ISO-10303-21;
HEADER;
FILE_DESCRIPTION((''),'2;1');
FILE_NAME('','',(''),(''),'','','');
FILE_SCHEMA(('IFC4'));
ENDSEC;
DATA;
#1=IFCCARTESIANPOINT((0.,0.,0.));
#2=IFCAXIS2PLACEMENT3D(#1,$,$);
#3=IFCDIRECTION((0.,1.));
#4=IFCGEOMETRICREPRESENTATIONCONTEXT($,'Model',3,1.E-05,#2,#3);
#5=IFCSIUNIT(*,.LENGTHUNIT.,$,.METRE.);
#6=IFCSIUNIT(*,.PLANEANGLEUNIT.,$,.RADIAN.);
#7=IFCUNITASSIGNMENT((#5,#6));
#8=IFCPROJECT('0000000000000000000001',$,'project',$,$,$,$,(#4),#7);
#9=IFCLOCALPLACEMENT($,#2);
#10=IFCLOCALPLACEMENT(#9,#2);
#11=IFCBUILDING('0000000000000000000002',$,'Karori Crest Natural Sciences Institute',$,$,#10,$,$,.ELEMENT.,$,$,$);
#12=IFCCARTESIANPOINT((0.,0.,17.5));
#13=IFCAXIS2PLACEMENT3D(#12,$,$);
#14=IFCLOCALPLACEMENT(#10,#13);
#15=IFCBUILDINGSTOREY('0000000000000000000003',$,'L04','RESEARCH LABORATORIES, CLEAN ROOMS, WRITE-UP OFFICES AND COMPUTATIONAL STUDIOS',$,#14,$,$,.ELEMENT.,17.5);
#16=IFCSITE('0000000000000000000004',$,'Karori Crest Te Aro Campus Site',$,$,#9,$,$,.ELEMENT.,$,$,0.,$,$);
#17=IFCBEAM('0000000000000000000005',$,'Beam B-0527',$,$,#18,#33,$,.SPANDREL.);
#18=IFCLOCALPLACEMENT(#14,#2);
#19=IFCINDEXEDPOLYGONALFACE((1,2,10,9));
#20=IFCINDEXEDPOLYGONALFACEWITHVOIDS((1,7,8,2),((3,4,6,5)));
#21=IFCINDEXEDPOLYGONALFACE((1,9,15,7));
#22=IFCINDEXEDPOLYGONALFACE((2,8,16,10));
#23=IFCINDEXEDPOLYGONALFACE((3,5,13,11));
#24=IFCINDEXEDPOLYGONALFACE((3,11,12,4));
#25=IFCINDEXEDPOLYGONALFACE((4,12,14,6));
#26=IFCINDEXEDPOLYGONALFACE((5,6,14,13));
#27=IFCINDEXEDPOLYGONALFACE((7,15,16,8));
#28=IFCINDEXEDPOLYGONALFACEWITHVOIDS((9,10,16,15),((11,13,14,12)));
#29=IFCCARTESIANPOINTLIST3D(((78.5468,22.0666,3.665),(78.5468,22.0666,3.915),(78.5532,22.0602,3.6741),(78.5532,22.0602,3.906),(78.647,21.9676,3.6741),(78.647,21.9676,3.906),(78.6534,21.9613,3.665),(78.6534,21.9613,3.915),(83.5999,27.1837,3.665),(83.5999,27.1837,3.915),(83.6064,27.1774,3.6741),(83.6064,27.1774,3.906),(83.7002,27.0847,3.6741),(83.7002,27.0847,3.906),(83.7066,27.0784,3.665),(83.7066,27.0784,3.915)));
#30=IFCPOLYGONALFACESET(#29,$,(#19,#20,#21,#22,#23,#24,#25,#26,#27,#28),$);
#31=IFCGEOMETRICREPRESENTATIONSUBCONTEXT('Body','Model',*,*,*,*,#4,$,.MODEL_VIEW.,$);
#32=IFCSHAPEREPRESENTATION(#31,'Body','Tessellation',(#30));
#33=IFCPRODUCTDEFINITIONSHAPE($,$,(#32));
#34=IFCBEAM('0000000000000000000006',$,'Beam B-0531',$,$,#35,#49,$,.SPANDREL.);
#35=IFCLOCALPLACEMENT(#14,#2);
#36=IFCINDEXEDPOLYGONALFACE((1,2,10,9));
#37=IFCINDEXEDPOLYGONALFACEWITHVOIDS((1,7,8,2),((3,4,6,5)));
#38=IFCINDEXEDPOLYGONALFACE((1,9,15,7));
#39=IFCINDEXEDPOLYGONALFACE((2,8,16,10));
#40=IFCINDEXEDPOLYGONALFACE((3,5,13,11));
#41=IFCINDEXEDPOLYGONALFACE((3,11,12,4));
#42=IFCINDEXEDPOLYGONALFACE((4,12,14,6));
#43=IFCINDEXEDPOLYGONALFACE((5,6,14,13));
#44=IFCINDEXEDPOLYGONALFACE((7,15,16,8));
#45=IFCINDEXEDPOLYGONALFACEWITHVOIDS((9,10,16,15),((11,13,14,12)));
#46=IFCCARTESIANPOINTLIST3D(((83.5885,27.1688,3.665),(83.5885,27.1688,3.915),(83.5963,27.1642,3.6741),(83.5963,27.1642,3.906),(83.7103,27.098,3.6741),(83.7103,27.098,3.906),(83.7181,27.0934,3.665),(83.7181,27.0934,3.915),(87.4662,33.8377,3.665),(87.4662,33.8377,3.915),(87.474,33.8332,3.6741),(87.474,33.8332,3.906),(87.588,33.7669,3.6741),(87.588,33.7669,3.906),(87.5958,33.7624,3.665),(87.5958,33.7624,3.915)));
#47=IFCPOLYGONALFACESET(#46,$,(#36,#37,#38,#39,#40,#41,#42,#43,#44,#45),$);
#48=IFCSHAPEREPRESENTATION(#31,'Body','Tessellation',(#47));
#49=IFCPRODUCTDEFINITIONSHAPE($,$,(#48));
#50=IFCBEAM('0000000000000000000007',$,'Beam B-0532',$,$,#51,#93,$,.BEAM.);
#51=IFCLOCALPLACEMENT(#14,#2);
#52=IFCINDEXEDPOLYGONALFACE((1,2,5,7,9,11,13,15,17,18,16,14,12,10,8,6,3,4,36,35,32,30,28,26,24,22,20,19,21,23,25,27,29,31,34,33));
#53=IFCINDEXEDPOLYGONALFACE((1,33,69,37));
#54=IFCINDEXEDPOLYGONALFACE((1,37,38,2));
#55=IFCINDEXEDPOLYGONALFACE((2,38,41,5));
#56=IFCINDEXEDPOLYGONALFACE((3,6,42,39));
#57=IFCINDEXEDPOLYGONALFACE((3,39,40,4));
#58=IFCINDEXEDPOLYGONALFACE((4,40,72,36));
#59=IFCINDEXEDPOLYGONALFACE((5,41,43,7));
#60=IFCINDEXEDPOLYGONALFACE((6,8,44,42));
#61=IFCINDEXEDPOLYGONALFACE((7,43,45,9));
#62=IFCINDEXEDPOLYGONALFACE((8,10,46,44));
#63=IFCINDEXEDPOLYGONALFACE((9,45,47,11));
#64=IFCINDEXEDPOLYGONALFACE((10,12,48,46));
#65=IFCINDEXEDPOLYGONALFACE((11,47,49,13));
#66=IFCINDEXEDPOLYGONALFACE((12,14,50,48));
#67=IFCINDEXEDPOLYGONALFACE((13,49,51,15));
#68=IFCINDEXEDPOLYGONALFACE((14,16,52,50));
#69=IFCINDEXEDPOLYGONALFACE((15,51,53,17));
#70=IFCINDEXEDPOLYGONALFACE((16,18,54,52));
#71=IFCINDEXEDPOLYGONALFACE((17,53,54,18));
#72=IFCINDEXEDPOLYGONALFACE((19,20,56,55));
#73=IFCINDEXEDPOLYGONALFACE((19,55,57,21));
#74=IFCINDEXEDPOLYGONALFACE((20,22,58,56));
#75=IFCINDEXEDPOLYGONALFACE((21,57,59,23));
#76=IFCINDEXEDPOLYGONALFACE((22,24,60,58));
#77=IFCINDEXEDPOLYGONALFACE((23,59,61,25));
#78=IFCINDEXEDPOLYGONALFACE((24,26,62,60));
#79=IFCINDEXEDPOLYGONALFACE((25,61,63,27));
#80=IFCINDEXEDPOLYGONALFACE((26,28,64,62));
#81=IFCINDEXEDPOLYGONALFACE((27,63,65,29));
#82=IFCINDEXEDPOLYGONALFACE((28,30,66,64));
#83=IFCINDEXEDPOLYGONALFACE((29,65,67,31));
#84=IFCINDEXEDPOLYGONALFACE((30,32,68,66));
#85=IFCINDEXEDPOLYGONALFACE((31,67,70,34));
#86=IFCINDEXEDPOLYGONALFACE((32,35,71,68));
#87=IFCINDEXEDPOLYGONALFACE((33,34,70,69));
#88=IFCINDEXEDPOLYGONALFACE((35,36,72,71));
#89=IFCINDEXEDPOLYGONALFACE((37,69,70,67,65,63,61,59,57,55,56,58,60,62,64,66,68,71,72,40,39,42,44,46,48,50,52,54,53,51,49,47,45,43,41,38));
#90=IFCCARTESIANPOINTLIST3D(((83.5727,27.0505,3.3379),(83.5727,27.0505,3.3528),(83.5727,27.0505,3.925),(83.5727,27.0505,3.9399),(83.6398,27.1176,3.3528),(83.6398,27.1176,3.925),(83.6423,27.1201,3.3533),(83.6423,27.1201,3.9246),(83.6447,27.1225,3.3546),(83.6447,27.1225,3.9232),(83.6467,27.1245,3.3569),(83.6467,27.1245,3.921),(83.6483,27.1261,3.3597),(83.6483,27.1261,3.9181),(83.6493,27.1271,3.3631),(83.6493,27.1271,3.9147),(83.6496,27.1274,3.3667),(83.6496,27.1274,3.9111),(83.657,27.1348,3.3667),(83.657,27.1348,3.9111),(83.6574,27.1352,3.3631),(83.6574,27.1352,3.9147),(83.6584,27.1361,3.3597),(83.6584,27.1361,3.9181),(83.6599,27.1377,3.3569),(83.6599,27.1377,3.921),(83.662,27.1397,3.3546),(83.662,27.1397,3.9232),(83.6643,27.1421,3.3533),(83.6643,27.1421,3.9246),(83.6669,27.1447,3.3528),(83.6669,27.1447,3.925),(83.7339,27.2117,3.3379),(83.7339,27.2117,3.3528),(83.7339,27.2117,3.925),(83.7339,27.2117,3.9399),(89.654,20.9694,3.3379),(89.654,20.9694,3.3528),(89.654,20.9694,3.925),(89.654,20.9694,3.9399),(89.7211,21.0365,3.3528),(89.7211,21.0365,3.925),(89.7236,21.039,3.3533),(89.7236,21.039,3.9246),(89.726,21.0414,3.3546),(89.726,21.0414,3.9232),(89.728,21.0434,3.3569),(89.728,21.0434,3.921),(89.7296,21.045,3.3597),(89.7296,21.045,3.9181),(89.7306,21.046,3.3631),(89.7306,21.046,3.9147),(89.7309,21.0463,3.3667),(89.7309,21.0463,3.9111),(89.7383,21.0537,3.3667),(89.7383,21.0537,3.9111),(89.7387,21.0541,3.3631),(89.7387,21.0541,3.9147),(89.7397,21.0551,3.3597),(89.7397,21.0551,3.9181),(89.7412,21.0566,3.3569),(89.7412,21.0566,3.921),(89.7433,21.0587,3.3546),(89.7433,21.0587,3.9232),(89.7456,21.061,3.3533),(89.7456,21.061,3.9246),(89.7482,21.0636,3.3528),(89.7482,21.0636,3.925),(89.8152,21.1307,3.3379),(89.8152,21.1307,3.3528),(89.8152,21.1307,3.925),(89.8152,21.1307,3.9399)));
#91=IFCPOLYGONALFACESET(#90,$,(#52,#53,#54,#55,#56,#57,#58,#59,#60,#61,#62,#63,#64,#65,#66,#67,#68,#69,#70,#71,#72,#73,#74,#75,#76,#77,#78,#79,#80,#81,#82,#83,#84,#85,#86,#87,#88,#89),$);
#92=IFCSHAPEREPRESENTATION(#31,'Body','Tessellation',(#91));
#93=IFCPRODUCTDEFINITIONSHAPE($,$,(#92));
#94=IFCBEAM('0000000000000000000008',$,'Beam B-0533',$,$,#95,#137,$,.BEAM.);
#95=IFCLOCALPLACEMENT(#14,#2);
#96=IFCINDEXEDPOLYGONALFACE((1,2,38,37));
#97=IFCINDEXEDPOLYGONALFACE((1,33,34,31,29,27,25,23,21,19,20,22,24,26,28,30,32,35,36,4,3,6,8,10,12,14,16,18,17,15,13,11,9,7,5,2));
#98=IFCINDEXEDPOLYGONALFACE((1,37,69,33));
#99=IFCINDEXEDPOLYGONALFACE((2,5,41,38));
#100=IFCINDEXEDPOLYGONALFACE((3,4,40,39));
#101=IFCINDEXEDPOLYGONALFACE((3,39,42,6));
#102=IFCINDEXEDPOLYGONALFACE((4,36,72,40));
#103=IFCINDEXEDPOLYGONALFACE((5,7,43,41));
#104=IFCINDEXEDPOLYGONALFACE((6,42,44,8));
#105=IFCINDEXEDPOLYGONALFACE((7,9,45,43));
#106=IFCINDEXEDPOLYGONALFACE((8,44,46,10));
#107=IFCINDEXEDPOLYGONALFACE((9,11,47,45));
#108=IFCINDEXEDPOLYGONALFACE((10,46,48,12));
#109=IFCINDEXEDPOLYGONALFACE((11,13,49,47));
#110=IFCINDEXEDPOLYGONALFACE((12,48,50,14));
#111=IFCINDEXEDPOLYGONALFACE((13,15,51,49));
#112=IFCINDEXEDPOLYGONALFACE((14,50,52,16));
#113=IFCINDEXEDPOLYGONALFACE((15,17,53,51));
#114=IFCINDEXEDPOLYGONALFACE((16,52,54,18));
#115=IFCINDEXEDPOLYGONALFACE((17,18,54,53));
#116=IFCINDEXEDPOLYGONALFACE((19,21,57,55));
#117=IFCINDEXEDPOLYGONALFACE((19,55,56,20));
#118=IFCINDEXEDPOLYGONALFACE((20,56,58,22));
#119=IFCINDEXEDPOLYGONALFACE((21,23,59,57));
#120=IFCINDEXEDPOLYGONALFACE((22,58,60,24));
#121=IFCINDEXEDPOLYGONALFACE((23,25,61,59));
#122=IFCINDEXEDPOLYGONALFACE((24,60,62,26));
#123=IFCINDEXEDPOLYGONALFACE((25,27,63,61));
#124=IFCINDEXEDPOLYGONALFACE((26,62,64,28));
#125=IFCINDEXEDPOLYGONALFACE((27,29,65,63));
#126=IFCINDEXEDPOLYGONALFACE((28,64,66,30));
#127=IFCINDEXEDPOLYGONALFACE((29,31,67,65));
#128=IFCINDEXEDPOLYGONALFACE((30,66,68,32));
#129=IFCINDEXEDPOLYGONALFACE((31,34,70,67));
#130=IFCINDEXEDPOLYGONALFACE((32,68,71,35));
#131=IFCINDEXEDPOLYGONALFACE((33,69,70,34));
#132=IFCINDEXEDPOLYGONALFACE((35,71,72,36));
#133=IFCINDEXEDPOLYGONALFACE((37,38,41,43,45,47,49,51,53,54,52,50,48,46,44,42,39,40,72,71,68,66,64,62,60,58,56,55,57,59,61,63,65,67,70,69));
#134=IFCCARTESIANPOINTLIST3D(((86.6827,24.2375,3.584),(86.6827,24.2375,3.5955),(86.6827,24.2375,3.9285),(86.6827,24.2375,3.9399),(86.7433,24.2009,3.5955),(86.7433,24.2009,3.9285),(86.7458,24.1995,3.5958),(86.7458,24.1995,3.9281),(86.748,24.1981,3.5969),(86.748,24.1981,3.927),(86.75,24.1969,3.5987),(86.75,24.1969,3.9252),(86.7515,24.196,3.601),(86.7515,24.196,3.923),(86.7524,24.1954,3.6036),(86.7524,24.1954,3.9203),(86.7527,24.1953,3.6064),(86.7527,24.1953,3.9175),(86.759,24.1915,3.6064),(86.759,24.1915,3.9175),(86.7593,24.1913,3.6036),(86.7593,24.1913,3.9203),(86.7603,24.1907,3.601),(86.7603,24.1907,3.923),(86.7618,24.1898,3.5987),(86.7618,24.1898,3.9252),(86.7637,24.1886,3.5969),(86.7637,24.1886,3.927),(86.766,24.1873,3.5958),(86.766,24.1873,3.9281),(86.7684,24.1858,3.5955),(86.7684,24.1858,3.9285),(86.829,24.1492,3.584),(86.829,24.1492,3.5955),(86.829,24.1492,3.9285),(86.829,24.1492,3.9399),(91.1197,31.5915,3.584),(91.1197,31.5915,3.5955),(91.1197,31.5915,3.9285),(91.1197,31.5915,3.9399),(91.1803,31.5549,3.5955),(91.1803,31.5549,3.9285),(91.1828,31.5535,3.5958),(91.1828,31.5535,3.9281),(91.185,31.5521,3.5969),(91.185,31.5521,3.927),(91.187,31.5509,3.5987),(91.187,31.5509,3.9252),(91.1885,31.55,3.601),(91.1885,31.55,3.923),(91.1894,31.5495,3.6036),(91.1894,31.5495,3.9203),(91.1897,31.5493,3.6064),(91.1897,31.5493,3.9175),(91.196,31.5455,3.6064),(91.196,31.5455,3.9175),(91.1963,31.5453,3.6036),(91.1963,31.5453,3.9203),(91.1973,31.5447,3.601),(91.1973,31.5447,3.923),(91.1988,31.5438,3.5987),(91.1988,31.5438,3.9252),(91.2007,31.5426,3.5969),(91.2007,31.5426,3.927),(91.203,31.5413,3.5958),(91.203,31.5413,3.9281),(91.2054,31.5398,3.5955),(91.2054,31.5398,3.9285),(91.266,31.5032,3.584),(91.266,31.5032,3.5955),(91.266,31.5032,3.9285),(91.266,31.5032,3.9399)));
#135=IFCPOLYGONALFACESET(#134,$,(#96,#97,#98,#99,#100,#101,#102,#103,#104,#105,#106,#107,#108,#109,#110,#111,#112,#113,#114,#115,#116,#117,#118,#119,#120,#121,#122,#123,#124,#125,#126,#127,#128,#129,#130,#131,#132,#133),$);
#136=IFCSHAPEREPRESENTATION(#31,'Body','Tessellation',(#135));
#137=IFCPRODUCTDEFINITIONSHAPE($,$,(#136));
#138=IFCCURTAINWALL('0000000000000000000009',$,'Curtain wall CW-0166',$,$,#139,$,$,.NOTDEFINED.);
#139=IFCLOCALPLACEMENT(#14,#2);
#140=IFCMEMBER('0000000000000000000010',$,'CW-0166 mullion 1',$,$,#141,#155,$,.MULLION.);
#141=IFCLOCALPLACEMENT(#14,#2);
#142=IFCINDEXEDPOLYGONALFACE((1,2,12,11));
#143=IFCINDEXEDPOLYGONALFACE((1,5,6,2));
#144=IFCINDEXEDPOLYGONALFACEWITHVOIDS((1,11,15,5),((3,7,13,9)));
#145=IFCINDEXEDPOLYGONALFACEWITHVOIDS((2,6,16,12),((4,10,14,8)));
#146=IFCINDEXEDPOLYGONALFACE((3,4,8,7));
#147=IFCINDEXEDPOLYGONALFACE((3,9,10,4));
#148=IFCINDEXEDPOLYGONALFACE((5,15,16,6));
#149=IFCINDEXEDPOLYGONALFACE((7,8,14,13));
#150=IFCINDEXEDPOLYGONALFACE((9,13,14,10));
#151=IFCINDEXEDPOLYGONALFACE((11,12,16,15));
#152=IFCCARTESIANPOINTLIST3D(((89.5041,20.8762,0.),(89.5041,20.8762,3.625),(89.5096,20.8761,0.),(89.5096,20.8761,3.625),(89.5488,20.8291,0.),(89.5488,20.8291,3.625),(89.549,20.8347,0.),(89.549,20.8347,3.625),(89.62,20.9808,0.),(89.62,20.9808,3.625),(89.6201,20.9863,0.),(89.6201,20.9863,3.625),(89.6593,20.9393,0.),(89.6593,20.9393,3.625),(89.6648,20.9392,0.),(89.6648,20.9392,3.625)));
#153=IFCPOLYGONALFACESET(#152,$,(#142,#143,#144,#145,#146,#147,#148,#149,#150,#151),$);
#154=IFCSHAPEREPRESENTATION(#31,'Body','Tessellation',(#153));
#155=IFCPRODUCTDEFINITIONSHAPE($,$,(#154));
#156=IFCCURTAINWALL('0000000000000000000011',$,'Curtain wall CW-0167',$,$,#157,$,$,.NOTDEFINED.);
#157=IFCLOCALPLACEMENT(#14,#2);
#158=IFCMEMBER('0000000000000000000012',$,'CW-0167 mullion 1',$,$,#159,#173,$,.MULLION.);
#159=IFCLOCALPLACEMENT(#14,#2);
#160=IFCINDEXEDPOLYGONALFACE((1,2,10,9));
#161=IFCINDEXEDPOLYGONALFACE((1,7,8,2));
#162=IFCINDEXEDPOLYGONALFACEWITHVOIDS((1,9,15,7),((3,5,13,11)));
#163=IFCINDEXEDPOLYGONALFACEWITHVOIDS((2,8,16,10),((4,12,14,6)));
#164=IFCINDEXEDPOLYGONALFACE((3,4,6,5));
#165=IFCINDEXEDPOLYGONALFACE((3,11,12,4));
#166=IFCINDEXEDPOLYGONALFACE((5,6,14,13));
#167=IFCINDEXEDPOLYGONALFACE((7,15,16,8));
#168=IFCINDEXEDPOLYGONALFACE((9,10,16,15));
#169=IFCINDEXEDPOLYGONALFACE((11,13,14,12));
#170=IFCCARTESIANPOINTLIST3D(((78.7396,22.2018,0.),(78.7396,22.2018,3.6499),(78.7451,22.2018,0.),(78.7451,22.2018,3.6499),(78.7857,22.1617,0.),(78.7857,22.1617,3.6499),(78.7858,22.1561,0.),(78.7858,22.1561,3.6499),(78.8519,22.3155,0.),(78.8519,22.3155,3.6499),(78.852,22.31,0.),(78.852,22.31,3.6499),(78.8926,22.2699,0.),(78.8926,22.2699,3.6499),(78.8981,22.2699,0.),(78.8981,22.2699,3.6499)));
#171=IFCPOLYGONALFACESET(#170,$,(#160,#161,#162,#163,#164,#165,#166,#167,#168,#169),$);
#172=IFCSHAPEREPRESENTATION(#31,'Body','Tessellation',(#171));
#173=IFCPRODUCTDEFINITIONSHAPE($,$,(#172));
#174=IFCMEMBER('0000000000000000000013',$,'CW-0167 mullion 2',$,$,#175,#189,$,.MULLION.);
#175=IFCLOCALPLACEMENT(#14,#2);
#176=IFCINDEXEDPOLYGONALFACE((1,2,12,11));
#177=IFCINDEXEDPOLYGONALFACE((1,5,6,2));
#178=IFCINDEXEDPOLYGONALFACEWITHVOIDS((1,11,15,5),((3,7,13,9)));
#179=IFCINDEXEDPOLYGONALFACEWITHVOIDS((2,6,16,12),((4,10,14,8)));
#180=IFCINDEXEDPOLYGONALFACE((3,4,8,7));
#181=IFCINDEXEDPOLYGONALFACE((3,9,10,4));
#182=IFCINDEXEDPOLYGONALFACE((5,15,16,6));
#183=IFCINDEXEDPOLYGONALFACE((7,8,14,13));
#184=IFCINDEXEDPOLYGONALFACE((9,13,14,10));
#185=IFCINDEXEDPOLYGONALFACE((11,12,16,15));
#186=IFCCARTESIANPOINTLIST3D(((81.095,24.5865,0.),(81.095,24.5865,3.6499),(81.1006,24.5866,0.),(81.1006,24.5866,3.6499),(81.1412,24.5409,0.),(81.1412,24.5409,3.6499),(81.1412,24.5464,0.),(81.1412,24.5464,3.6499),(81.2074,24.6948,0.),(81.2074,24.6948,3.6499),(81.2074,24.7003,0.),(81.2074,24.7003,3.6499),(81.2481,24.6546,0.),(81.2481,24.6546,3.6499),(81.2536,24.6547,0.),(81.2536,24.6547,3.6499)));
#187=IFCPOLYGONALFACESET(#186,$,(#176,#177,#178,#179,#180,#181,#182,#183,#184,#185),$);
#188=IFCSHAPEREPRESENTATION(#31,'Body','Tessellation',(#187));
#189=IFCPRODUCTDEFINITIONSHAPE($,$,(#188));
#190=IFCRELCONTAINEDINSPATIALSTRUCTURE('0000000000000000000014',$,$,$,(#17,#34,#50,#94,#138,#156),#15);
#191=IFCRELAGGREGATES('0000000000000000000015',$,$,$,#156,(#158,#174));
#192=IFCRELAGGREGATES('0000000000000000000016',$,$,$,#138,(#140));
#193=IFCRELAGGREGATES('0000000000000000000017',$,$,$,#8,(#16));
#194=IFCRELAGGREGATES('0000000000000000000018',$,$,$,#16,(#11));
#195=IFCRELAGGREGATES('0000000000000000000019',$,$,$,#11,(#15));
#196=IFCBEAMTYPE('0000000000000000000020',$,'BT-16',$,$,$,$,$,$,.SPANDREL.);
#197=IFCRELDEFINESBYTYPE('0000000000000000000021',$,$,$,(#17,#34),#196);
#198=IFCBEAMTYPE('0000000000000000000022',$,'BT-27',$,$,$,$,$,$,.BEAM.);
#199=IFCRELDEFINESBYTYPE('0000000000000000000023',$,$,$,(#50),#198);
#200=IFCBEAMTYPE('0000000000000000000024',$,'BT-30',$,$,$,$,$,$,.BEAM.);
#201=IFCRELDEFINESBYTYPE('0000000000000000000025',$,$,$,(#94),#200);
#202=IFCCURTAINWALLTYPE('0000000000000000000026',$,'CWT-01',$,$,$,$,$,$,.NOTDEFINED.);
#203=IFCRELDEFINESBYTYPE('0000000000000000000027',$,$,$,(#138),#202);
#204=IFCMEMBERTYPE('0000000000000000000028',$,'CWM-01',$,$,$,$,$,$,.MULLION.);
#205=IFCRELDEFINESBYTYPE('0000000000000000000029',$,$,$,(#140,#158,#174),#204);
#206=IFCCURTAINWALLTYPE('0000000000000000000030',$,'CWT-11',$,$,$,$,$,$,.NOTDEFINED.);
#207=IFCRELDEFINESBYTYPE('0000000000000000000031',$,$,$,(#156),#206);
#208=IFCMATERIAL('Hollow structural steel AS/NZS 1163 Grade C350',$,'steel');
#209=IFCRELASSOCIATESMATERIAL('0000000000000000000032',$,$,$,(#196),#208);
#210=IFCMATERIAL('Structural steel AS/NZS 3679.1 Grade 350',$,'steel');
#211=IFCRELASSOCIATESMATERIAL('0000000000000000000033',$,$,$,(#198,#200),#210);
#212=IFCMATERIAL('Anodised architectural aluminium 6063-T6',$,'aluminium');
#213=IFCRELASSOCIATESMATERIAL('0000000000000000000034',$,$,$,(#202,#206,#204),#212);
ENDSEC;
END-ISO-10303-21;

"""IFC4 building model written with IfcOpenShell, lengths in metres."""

from ifc_helpers import new_model, si_unit, direction, frame, origin, origin_2d, place, context, subcontext, project, spatial, hollow_rectangle, i_section, extrude, material, material_profile, profile_set, type_object, element, aggregate, save


model = new_model("IFC4")

# Units and contexts
model_context = context("Model", 3, precision=1e-05, world=origin(), true_north=direction((0.0, 1.0)))
body_context = subcontext(model_context, "Body", "Model", "MODEL_VIEW")
ifc_project = project(units=[si_unit("LENGTHUNIT", "METRE"), si_unit("PLANEANGLEUNIT", "RADIAN")], contexts=[model_context])

# Site, building, storey
site_placement = place(None, origin())
site = spatial("IfcSite", under=ifc_project, at=site_placement, Name="Karori Crest Te Aro Campus Site", CompositionType="ELEMENT", RefElevation=0.0)
building_placement = place(site_placement, origin())
building = spatial("IfcBuilding", under=site, at=building_placement, Name="Karori Crest Natural Sciences Institute", CompositionType="ELEMENT")
storey_placement = place(building_placement, frame((0.0, 0.0, 17.5)))
storey = spatial("IfcBuildingStorey", under=building, at=storey_placement, Name="L04", Description="RESEARCH LABORATORIES, CLEAN ROOMS, WRITE-UP OFFICES AND COMPUTATIONAL STUDIOS", CompositionType="ELEMENT", Elevation=17.5)

# Shared definitions
ifc_material_1 = material(Name="Structural steel AS/NZS 3679.1 Grade 350", Category="steel")

# Beams
ifc_material_2 = material(Name="Hollow structural steel AS/NZS 1163 Grade C350", Category="steel")
ifc_material_profile_1 = material_profile(ifc_material_2, hollow_rectangle(XDim=0.1499, YDim=0.25, WallThickness=0.009, at=origin_2d()), Name="RHS250x150x9")
ifc_profile_set_1 = profile_set([ifc_material_profile_1], Name="Hollow structural steel AS/NZS 1163 Grade C350")
beam_type_1 = type_object("IfcBeamType", Name="BT-16", PredefinedType="SPANDREL", material=ifc_profile_set_1)
beam_1_placement = place(storey_placement, frame((78.6001, 22.0139, 3.79), z_axis=(0.702646, 0.71154, 0.0), x_axis=(-0.71154, 0.702646, 0.0)))
element("IfcBeam", 1, at=beam_1_placement, inside=storey, type_object=beam_type_1, Name="Beam B-0527", PredefinedType="SPANDREL", context=body_context, shape_type="SweptSolid", body=[
    extrude(hollow_rectangle(XDim=0.1499, YDim=0.25, WallThickness=0.009, at=origin_2d()), origin(), (0.0, 0.0, 1.0), 7.1917),
])
beam_2_placement = place(storey_placement, frame((83.6533, 27.1311, 3.79), z_axis=(0.502658, 0.864485, 0.0), x_axis=(-0.864485, 0.502658, 0.0)))
element("IfcBeam", 2, at=beam_2_placement, inside=storey, type_object=beam_type_1, Name="Beam B-0531", PredefinedType="SPANDREL", context=body_context, shape_type="SweptSolid", body=[
    extrude(hollow_rectangle(XDim=0.1499, YDim=0.25, WallThickness=0.009, at=origin_2d()), origin(), (0.0, 0.0, 1.0), 7.7144),
])
ifc_material_profile_2 = material_profile(ifc_material_1, i_section(OverallWidth=0.228, OverallDepth=0.6021, WebThickness=0.0105, FlangeThickness=0.0149, FilletRadius=0.0139, at=origin_2d()), Name="610UB101")
ifc_profile_set_2 = profile_set([ifc_material_profile_2], Name="Structural steel AS/NZS 3679.1 Grade 350")
beam_type_2 = type_object("IfcBeamType", Name="BT-27", PredefinedType="BEAM", material=ifc_profile_set_2)
beam_3_placement = place(storey_placement, frame((83.6533, 27.1311, 3.6389), z_axis=(0.707121, -0.707093, 0.0), x_axis=(0.707093, 0.707121, 0.0)))
element("IfcBeam", 3, at=beam_3_placement, inside=storey, type_object=beam_type_2, Name="Beam B-0532", PredefinedType="BEAM", context=body_context, shape_type="SweptSolid", body=[
    extrude(i_section(OverallWidth=0.228, OverallDepth=0.6021, WebThickness=0.0105, FlangeThickness=0.0149, FilletRadius=0.0139, at=origin_2d()), origin(), (0.0, 0.0, 1.0), 8.6001),
])
ifc_material_profile_3 = material_profile(ifc_material_1, i_section(OverallWidth=0.1709, OverallDepth=0.356, WebThickness=0.0073, FlangeThickness=0.0115, FilletRadius=0.011, at=origin_2d()), Name="360UB50.7")
ifc_profile_set_3 = profile_set([ifc_material_profile_3], Name="Structural steel AS/NZS 3679.1 Grade 350")
beam_type_3 = type_object("IfcBeamType", Name="BT-30", PredefinedType="BEAM", material=ifc_profile_set_3)
beam_4_placement = place(storey_placement, frame((86.7559, 24.1934, 3.762), z_axis=(0.516601, 0.856226, 0.0), x_axis=(-0.856226, 0.516601, 0.0)))
element("IfcBeam", 4, at=beam_4_placement, inside=storey, type_object=beam_type_3, Name="Beam B-0533", PredefinedType="BEAM", context=body_context, shape_type="SweptSolid", body=[
    extrude(i_section(OverallWidth=0.1709, OverallDepth=0.356, WebThickness=0.0073, FlangeThickness=0.0115, FilletRadius=0.011, at=origin_2d()), origin(), (0.0, 0.0, 1.0), 8.5889),
])

# Curtain wall, member
ifc_material_3 = material(Name="Anodised architectural aluminium 6063-T6", Category="aluminium")
curtain_wall_type_1 = type_object("IfcCurtainWallType", Name="CWT-01", PredefinedType="NOTDEFINED", material=ifc_material_3)
curtain_wall_1_placement = place(storey_placement, origin())
curtain_wall_1 = element("IfcCurtainWall", 5, at=curtain_wall_1_placement, inside=storey, type_object=curtain_wall_type_1, Name="Curtain wall CW-0166", PredefinedType="NOTDEFINED")
ifc_material_profile_4 = material_profile(ifc_material_3, hollow_rectangle(XDim=0.0649, YDim=0.1599, WallThickness=0.0039, at=origin_2d()), Name="CWM160x65x4")
ifc_profile_set_4 = profile_set([ifc_material_profile_4], Name="Anodised architectural aluminium 6063-T6")
member_type_1 = type_object("IfcMemberType", Name="CWM-01", PredefinedType="MULLION", material=ifc_profile_set_4)
member_1_placement = place(storey_placement, frame((89.5845, 20.9077, 0.0), z_axis=(0.0, 0.0, 1.0), x_axis=(0.688251, -0.725473, 0.0)))
member_1 = element("IfcMember", 6, at=member_1_placement, type_object=member_type_1, Name="CW-0166 mullion 1", PredefinedType="MULLION", context=body_context, shape_type="SweptSolid", body=[
    extrude(hollow_rectangle(XDim=0.0649, YDim=0.1599, WallThickness=0.0039, at=origin_2d()), origin(), (0.0, 0.0, 1.0), 3.625),
])

# Curtain wall, members
curtain_wall_type_2 = type_object("IfcCurtainWallType", Name="CWT-11", PredefinedType="NOTDEFINED", material=ifc_material_3)
curtain_wall_2_placement = place(storey_placement, origin())
curtain_wall_2 = element("IfcCurtainWall", 7, at=curtain_wall_2_placement, inside=storey, type_object=curtain_wall_type_2, Name="Curtain wall CW-0167", PredefinedType="NOTDEFINED")
member_2_placement = place(storey_placement, frame((78.8188, 22.2358, 0.0), z_axis=(0.0, 0.0, 1.0), x_axis=(-0.711525, 0.702661, 0.0)))
member_2 = element("IfcMember", 8, at=member_2_placement, type_object=member_type_1, Name="CW-0167 mullion 1", PredefinedType="MULLION", context=body_context, shape_type="SweptSolid", body=[
    extrude(hollow_rectangle(XDim=0.0649, YDim=0.1599, WallThickness=0.0039, at=origin_2d()), origin(), (0.0, 0.0, 1.0), 3.6499),
])
member_3_placement = place(storey_placement, frame((81.1743, 24.6206, 0.0), z_axis=(0.0, 0.0, 1.0), x_axis=(-0.711525, 0.702661, 0.0)))
member_3 = element("IfcMember", 9, at=member_3_placement, type_object=member_type_1, Name="CW-0167 mullion 2", PredefinedType="MULLION", context=body_context, shape_type="SweptSolid", body=[
    extrude(hollow_rectangle(XDim=0.0649, YDim=0.1599, WallThickness=0.0039, at=origin_2d()), origin(), (0.0, 0.0, 1.0), 3.6499),
])

aggregate(curtain_wall_2, [member_2, member_3])
aggregate(curtain_wall_1, [member_1])

save(model, "model.ifc")
